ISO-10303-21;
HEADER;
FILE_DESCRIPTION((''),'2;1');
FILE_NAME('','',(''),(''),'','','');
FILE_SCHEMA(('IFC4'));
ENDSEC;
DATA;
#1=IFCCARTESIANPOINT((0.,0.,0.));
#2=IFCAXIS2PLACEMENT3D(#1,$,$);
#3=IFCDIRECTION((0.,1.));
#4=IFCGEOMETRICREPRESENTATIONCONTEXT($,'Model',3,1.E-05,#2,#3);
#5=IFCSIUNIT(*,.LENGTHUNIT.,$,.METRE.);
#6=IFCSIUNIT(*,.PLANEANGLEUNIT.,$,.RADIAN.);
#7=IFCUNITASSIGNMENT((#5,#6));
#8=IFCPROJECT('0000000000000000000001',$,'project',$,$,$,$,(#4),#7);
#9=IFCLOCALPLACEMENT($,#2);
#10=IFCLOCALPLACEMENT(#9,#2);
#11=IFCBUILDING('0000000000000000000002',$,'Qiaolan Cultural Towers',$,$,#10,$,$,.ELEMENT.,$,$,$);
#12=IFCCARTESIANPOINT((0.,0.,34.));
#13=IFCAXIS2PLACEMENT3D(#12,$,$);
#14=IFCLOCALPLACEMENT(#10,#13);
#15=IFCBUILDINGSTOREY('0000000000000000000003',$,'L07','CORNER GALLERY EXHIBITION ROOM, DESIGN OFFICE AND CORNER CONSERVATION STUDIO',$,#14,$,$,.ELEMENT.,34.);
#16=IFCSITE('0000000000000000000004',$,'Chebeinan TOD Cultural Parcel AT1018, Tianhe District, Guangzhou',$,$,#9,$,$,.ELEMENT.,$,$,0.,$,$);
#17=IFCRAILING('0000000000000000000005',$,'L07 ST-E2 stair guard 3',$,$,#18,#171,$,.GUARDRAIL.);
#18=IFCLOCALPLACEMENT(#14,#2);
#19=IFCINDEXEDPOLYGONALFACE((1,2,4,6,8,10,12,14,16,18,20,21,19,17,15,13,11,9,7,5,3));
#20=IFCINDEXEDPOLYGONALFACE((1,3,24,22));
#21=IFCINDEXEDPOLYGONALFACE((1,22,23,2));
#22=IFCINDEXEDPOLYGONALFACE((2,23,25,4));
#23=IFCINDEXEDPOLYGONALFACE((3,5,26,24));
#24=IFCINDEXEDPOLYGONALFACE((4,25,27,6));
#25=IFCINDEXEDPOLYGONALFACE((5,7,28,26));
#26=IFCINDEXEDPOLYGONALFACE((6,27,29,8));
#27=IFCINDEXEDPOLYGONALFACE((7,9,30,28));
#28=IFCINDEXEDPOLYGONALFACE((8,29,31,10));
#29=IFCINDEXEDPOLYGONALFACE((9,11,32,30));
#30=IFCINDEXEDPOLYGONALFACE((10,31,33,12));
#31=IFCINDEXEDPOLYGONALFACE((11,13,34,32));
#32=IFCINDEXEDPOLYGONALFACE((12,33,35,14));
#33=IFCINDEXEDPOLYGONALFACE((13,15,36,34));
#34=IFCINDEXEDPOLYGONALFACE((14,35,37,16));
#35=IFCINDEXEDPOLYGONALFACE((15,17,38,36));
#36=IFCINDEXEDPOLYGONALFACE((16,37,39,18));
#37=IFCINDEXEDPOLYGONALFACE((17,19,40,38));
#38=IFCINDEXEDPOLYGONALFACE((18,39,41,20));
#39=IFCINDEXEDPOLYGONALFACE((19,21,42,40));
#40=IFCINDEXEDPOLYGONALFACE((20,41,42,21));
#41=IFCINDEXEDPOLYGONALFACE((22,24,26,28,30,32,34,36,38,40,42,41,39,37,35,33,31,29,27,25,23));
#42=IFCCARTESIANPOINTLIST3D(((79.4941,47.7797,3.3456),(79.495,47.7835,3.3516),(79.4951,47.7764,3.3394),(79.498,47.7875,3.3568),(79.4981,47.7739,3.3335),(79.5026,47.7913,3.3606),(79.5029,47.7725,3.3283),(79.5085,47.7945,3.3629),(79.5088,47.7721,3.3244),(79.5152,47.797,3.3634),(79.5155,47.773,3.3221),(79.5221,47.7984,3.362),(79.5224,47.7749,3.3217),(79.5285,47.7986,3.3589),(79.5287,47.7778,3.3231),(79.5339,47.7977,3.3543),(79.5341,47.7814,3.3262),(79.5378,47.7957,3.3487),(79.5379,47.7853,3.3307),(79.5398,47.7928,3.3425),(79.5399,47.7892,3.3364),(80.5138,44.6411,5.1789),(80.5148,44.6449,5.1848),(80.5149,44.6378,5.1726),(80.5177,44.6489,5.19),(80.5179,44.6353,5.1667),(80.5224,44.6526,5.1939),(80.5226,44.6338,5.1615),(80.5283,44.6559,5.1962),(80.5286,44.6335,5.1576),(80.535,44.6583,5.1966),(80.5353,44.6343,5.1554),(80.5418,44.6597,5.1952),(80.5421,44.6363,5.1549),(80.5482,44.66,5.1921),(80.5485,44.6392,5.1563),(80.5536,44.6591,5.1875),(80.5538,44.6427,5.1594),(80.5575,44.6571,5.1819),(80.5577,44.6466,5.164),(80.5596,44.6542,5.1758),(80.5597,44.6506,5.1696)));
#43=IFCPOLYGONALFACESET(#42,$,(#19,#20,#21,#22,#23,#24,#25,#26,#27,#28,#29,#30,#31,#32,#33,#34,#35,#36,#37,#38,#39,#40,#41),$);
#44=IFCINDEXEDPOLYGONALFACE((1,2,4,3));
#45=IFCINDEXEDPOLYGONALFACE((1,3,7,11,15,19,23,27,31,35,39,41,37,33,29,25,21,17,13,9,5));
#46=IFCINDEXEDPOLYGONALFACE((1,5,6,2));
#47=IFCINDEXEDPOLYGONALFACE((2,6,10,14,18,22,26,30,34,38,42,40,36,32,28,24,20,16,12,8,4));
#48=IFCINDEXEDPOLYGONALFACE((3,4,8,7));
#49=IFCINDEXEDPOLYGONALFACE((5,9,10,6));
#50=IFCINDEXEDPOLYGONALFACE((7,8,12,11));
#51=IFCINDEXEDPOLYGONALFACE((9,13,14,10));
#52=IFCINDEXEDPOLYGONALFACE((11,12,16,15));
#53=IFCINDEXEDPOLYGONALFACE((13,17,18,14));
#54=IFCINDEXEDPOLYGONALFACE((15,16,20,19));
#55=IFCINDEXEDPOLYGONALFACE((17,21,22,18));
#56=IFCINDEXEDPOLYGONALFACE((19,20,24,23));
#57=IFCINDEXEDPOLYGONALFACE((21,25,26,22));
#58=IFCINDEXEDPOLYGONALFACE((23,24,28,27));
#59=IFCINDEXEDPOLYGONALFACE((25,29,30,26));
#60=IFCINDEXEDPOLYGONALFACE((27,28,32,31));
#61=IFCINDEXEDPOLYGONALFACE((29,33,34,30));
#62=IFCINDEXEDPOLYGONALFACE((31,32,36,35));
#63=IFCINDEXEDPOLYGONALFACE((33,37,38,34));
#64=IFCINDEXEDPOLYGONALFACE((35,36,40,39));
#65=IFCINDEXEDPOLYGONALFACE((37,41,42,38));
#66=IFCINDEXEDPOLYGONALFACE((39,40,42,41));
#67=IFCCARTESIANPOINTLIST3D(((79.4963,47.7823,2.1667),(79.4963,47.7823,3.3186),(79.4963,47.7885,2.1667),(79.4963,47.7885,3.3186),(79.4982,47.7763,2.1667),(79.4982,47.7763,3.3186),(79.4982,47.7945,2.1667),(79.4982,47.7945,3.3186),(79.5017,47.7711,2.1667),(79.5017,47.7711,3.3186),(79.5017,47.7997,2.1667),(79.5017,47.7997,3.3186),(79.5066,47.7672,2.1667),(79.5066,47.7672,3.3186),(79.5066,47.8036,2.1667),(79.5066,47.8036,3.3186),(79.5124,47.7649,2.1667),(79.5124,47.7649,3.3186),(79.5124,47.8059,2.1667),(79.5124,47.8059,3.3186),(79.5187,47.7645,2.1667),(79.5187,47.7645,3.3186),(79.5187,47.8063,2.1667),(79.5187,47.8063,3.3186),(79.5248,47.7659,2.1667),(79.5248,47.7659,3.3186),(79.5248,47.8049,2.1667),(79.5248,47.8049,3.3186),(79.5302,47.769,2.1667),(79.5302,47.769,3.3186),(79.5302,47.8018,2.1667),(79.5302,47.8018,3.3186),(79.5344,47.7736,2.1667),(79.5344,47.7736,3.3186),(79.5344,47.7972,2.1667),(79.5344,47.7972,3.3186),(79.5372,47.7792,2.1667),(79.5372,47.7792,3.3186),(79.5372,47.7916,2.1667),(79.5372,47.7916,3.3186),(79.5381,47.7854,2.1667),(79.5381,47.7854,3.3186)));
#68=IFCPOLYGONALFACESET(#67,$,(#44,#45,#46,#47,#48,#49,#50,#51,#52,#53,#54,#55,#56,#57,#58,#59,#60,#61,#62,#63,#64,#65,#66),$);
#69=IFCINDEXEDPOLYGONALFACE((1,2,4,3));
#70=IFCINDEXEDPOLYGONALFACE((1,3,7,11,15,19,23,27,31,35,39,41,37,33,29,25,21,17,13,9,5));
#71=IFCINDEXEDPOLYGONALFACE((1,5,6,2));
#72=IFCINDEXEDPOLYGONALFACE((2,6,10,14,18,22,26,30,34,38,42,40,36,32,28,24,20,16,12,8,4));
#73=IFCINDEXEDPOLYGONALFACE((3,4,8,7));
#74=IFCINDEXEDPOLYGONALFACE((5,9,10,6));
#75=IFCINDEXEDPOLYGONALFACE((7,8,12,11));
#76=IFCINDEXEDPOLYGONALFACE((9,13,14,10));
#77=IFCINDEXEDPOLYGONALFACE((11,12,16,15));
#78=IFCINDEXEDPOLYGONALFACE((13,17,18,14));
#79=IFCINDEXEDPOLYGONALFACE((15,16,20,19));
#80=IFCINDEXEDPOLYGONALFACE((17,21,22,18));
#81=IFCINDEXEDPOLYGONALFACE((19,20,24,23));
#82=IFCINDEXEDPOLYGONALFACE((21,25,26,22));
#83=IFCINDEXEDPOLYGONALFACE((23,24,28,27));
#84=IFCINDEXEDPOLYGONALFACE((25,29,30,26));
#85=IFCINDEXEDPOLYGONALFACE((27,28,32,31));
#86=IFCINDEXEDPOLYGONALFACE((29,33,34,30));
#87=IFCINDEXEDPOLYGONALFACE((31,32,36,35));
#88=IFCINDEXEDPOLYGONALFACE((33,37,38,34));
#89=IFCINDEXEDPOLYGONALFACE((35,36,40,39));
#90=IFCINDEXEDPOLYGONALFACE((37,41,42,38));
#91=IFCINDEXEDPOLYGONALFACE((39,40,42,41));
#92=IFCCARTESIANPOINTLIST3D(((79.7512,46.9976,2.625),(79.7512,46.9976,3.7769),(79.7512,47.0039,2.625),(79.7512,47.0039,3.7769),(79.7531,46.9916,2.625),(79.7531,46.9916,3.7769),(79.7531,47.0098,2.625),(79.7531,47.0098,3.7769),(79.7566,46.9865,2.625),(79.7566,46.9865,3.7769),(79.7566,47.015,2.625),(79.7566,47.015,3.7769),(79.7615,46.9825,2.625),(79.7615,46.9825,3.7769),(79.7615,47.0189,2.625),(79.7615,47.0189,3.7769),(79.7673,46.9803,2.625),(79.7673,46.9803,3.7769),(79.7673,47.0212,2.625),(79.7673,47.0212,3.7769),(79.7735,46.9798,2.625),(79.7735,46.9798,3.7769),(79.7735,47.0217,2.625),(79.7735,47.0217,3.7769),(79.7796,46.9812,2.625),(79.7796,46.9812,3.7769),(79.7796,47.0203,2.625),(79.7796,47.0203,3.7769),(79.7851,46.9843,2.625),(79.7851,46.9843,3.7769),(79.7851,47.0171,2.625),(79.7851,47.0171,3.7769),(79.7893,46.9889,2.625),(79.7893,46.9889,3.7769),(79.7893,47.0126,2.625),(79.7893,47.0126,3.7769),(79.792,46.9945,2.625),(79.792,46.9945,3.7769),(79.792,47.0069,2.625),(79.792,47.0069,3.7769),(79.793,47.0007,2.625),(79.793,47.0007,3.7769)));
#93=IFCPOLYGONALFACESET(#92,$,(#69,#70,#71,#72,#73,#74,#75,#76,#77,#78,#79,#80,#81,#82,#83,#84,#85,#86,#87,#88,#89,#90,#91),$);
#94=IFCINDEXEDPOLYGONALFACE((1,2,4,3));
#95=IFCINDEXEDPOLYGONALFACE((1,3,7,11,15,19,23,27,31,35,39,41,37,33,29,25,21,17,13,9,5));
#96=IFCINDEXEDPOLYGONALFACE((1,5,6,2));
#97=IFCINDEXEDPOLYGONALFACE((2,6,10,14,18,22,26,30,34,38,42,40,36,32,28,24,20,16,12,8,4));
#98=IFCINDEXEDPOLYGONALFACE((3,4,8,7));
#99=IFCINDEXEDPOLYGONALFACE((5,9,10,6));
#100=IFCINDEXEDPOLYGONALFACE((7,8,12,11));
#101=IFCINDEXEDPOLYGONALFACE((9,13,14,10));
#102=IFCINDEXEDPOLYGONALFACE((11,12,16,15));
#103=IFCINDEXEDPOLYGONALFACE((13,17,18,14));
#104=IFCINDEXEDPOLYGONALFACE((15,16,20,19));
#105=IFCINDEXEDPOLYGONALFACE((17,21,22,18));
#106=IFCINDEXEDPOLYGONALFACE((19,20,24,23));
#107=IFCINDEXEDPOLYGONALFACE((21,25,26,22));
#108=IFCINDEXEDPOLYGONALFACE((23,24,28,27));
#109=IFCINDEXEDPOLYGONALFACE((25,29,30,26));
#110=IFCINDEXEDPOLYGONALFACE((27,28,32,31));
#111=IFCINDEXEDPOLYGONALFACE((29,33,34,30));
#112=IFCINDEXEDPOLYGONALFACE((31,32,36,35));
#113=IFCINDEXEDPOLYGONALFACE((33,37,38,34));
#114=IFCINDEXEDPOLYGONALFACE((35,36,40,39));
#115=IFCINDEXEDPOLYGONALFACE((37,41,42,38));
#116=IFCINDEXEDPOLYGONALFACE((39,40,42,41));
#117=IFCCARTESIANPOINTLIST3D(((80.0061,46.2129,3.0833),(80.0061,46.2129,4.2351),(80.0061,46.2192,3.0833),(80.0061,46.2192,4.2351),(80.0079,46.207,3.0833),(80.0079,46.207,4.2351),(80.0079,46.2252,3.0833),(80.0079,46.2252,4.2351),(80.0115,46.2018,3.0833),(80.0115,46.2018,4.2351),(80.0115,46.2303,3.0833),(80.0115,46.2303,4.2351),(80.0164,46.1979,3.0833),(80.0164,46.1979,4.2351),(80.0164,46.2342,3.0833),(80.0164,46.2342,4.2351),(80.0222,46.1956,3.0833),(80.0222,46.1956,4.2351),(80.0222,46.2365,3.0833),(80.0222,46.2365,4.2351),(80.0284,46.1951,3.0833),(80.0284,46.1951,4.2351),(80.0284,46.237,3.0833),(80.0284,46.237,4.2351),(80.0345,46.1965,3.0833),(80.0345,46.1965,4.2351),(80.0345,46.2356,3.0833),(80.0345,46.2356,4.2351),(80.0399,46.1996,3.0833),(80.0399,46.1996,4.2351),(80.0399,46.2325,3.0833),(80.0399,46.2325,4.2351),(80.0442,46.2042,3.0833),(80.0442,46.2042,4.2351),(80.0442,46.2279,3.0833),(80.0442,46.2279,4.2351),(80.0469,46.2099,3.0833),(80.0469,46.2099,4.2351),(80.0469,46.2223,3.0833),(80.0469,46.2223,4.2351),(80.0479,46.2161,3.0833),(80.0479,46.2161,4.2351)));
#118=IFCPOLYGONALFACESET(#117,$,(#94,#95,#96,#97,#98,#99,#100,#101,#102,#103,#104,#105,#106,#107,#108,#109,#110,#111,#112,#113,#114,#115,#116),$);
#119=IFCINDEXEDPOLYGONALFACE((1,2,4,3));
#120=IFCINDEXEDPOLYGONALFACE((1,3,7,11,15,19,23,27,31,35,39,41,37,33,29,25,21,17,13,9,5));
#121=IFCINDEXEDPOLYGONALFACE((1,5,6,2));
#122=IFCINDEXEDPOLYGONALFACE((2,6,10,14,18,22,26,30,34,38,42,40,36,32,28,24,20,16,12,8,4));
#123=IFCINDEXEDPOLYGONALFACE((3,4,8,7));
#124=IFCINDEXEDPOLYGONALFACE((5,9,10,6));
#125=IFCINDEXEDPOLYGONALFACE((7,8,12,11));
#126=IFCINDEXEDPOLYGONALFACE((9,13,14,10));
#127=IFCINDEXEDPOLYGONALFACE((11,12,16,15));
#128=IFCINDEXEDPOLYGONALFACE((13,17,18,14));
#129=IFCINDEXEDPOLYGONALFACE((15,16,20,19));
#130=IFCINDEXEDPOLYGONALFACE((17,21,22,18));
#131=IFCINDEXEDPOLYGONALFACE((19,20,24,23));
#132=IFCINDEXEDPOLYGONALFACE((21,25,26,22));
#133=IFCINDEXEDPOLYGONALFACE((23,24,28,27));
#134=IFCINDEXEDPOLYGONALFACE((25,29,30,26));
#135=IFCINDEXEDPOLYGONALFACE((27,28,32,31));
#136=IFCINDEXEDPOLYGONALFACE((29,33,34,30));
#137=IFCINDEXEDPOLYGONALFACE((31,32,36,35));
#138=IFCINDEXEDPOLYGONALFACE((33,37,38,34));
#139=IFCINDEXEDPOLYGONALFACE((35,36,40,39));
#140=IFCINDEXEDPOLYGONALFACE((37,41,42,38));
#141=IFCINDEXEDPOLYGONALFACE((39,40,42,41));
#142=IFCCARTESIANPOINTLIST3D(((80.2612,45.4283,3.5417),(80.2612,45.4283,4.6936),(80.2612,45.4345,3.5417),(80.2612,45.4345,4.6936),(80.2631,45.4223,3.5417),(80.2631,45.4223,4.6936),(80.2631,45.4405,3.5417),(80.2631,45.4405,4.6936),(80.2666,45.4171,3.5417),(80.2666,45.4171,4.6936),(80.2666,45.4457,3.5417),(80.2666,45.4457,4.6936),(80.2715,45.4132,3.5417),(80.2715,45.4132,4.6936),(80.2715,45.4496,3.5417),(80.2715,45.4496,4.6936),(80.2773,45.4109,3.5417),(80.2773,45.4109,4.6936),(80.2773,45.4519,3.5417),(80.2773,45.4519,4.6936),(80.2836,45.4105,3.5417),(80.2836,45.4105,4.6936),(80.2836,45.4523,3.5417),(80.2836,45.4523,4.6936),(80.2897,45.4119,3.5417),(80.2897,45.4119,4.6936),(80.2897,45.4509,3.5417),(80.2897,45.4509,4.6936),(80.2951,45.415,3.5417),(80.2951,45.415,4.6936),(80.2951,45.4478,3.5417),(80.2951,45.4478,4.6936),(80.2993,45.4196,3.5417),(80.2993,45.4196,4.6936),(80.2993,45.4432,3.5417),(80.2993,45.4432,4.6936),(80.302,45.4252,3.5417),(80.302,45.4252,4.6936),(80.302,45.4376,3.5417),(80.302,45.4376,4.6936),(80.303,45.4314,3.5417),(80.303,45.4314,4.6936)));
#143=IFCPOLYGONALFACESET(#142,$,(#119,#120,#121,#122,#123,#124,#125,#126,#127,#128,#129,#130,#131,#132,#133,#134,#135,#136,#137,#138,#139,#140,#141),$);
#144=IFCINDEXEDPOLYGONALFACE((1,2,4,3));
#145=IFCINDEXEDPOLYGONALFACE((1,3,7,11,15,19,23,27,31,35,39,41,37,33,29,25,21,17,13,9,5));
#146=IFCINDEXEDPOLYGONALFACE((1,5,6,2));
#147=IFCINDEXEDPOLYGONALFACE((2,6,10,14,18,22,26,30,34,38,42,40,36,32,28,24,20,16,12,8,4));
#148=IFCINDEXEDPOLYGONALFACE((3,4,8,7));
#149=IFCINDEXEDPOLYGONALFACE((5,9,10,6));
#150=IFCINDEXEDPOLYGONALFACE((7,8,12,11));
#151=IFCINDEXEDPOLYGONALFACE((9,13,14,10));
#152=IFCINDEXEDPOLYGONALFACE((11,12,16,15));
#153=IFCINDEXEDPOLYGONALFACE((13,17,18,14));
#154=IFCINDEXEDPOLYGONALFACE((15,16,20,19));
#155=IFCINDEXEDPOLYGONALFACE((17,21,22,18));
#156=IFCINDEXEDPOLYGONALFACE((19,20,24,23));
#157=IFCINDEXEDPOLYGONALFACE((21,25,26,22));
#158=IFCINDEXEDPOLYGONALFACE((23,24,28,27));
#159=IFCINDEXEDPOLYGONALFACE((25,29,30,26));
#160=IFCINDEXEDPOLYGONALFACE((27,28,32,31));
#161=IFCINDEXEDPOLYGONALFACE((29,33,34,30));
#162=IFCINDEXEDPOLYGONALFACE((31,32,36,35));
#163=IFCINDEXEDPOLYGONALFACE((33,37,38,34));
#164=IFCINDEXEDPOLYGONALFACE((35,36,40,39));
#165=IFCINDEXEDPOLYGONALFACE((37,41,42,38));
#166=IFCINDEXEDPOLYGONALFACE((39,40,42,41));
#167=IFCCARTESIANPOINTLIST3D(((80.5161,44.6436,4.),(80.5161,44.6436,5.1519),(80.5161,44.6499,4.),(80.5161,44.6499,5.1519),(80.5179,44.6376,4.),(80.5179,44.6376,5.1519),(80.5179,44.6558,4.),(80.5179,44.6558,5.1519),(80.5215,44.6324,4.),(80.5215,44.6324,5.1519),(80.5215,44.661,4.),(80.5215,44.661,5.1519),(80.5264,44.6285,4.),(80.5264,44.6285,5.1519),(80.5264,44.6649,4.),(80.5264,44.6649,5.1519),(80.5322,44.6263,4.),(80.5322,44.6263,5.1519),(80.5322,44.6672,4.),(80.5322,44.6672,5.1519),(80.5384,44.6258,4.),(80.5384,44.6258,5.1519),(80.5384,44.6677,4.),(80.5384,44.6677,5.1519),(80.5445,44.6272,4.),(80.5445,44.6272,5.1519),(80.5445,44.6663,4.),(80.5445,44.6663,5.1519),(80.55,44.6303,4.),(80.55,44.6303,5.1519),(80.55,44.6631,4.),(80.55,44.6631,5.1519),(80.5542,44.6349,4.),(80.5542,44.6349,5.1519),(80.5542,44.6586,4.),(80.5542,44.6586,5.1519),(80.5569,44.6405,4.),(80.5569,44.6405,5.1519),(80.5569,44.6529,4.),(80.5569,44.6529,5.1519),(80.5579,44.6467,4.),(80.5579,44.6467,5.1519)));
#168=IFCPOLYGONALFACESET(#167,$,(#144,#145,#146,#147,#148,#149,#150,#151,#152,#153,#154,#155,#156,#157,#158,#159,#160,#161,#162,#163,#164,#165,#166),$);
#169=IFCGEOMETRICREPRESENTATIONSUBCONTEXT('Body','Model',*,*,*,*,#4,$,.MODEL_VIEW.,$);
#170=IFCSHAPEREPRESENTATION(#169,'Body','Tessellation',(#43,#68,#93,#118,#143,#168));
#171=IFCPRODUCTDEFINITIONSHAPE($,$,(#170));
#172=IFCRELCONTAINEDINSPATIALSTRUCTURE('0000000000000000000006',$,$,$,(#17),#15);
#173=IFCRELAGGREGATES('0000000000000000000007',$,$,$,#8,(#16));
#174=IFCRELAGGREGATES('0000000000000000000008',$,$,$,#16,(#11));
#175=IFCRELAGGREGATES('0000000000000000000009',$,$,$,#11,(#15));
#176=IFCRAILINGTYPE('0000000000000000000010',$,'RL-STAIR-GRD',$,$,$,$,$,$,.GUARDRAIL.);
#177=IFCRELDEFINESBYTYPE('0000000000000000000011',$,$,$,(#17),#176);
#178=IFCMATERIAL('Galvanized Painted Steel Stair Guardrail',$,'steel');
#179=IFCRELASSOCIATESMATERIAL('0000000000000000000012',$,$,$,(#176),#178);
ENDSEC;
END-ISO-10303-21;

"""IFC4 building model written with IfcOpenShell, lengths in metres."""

from ifc_helpers import new_model, si_unit, direction, frame, origin, origin_2d, place, context, subcontext, project, spatial, circle, extrude, material, type_object, element, save


model = new_model("IFC4")

# Units and contexts
model_context = context("Model", 3, precision=1e-05, world=origin(), true_north=direction((0.0, 1.0)))
body_context = subcontext(model_context, "Body", "Model", "MODEL_VIEW")
ifc_project = project(units=[si_unit("LENGTHUNIT", "METRE"), si_unit("PLANEANGLEUNIT", "RADIAN")], contexts=[model_context])

# Site, building, storey
site_placement = place(None, origin())
site = spatial("IfcSite", under=ifc_project, at=site_placement, Name="Chebeinan TOD Cultural Parcel AT1018, Tianhe District, Guangzhou", CompositionType="ELEMENT", RefElevation=0.0)
building_placement = place(site_placement, origin())
building = spatial("IfcBuilding", under=site, at=building_placement, Name="Qiaolan Cultural Towers", CompositionType="ELEMENT")
storey_placement = place(building_placement, frame((0.0, 0.0, 34.0)))
storey = spatial("IfcBuildingStorey", under=building, at=storey_placement, Name="L07", Description="CORNER GALLERY EXHIBITION ROOM, DESIGN OFFICE AND CORNER CONSERVATION STUDIO", CompositionType="ELEMENT", Elevation=34.0)

# Railing
ifc_material_1 = material(Name="Galvanized Painted Steel Stair Guardrail", Category="steel")
railing_type_1 = type_object("IfcRailingType", Name="RL-STAIR-GRD", PredefinedType="GUARDRAIL", material=ifc_material_1)
railing_1_placement = place(storey_placement, frame((79.5171, 47.7854, 2.1667)))
element("IfcRailing", 1, at=railing_1_placement, inside=storey, type_object=railing_type_1, Name="L07 ST-E2 stair guard 3", PredefinedType="GUARDRAIL", context=body_context, shape_type="SweptSolid", body=[
    extrude(circle(Radius=0.0239, at=origin_2d()), frame((0.0, 0.0, 1.1758), z_axis=(0.270126, -0.831396, 0.485606), x_axis=(0.95106, 0.309006, 0.0)), (0.0, 0.0, 1.0), 3.7751),
    extrude(circle(Radius=0.021, at=origin_2d()), origin(), (0.0, 0.0, 1.0), 1.1519),
    extrude(circle(Radius=0.021, at=origin_2d()), frame((0.2549, -0.7847, 0.4583)), (0.0, 0.0, 1.0), 1.1519),
    extrude(circle(Radius=0.021, at=origin_2d()), frame((0.5098, -1.5693, 0.9165)), (0.0, 0.0, 1.0), 1.1519),
    extrude(circle(Radius=0.021, at=origin_2d()), frame((0.7649, -2.354, 1.375)), (0.0, 0.0, 1.0), 1.1519),
    extrude(circle(Radius=0.021, at=origin_2d()), frame((1.0198, -3.1387, 1.8333)), (0.0, 0.0, 1.0), 1.1519),
])

save(model, "model.ifc")
